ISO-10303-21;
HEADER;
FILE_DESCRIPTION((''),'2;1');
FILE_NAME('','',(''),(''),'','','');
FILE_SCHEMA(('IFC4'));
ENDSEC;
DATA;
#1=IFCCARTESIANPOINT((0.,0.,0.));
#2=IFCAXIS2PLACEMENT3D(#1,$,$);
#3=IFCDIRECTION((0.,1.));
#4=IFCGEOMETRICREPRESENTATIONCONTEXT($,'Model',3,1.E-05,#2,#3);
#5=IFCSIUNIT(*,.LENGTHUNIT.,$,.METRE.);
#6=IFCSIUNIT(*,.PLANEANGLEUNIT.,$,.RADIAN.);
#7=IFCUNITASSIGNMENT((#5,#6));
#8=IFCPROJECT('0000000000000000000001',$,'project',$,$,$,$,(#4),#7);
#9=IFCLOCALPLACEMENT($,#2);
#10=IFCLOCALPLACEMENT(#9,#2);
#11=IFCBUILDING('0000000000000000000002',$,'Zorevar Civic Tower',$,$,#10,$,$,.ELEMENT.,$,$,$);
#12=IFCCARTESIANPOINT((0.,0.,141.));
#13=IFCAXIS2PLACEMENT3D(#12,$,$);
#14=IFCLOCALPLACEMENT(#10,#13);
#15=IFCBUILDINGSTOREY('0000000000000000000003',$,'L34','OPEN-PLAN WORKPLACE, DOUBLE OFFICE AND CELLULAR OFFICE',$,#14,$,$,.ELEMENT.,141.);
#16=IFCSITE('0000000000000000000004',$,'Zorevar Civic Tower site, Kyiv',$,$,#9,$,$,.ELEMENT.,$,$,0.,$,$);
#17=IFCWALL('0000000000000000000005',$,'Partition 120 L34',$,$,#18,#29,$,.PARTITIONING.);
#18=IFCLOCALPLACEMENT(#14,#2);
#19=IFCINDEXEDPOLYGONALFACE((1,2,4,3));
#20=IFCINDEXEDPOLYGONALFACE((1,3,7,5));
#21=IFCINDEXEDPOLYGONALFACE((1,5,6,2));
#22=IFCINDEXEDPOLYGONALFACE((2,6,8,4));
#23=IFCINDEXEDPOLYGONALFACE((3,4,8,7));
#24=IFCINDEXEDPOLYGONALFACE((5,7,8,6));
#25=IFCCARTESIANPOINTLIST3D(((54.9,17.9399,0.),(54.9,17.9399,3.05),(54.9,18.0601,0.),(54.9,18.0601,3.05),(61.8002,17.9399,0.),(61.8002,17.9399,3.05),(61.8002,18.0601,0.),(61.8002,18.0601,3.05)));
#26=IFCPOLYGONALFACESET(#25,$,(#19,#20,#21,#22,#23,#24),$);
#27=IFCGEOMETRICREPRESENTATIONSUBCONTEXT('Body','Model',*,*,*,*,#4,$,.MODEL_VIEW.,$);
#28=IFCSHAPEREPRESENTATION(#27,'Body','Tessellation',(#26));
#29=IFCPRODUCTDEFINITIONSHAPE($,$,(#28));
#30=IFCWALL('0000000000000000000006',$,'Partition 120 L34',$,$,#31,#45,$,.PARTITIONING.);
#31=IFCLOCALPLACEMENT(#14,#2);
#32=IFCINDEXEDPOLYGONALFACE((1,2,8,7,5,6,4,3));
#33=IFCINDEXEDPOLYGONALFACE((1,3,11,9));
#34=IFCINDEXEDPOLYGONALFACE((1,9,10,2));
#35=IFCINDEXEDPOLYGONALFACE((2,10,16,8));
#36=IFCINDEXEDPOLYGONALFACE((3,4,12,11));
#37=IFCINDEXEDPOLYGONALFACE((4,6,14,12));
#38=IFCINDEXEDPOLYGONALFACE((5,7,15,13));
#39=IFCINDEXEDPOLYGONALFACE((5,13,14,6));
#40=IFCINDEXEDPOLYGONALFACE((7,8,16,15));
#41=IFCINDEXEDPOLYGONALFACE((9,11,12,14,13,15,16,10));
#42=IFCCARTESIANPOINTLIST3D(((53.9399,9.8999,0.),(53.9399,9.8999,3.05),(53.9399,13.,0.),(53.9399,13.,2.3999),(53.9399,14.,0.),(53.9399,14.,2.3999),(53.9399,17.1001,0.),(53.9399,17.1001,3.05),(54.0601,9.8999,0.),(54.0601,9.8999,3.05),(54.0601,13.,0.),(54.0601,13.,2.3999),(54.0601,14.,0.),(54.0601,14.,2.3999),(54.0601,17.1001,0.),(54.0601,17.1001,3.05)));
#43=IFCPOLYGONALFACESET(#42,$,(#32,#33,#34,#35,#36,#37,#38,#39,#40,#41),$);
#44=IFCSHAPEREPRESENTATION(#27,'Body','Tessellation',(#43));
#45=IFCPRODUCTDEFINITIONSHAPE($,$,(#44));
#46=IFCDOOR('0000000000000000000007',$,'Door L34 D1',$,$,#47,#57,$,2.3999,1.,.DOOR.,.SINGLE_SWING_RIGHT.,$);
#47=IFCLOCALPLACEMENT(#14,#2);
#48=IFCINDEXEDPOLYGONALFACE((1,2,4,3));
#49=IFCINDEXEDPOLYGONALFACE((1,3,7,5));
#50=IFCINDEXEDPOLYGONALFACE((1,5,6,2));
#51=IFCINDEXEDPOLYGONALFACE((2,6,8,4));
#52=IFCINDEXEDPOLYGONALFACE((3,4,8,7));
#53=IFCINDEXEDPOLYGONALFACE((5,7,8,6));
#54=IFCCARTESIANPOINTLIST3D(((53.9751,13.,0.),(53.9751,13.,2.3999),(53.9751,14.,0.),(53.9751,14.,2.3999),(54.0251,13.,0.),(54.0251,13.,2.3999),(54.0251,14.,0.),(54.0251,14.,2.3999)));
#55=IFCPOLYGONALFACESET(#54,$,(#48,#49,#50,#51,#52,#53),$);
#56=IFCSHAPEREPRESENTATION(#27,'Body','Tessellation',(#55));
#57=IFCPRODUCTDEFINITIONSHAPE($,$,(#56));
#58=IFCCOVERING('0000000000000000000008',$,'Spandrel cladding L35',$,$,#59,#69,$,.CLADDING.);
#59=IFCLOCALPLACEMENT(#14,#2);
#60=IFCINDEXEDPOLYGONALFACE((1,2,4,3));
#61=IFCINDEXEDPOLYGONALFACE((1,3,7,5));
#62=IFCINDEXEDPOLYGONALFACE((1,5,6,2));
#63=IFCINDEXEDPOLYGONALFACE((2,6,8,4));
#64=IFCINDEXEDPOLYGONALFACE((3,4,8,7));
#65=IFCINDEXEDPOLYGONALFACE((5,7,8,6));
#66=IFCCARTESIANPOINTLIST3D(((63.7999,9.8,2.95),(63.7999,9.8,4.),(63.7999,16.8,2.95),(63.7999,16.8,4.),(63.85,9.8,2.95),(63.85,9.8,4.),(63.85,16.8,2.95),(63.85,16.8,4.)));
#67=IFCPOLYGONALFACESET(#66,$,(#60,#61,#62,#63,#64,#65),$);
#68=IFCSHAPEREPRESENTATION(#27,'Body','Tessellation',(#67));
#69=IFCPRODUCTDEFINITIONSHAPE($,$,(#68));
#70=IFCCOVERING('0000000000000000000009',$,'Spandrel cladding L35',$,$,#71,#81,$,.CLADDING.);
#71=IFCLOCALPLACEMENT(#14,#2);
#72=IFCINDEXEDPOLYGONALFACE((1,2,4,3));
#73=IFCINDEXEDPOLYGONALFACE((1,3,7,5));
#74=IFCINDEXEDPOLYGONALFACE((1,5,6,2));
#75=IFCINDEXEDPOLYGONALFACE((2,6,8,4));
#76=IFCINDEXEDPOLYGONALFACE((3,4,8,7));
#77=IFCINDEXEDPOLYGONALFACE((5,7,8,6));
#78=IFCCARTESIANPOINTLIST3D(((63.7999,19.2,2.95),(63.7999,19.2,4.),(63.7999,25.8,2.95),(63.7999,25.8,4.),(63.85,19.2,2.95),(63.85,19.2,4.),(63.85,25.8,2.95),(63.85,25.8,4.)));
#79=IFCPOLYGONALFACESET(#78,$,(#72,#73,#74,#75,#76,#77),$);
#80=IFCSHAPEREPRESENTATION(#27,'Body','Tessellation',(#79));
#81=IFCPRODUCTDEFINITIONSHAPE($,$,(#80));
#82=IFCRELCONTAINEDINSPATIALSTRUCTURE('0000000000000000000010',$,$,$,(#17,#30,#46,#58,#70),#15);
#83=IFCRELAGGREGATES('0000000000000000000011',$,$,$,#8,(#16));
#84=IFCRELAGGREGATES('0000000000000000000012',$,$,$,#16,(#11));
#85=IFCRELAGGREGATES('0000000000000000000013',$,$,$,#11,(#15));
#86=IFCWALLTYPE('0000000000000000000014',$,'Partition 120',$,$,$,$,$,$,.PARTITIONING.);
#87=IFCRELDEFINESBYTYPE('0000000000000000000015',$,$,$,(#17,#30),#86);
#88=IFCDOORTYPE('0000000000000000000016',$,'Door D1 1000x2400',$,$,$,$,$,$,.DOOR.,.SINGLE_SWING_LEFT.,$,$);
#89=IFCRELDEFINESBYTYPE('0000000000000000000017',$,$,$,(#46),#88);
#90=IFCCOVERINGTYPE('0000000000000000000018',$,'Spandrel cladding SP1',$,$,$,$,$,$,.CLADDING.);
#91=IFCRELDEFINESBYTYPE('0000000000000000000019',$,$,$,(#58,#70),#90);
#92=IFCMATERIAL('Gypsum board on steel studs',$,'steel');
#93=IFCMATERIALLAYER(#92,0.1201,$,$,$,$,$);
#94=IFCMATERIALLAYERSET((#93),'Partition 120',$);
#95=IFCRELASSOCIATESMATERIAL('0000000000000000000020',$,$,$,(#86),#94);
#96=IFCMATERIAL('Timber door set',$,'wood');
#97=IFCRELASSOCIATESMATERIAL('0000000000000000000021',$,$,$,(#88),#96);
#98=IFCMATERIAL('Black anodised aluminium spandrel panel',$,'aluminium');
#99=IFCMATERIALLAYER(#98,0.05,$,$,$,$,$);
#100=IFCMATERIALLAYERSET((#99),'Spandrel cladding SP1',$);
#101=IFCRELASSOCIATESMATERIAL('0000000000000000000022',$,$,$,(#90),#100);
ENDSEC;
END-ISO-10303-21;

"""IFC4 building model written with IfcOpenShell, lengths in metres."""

from ifc_helpers import new_model, si_unit, direction, frame, frame_2d, origin, place, context, subcontext, project, spatial, rectangle, extrude, material, layer, layer_set, type_object, element, fill, save


model = new_model("IFC4")

# Units and contexts
model_context = context("Model", 3, precision=1e-05, world=origin(), true_north=direction((0.0, 1.0)))
body_context = subcontext(model_context, "Body", "Model", "MODEL_VIEW")
ifc_project = project(units=[si_unit("LENGTHUNIT", "METRE"), si_unit("PLANEANGLEUNIT", "RADIAN")], contexts=[model_context])

# Site, building, storey
site_placement = place(None, origin())
site = spatial("IfcSite", under=ifc_project, at=site_placement, Name="Zorevar Civic Tower site, Kyiv", CompositionType="ELEMENT", RefElevation=0.0)
building_placement = place(site_placement, origin())
building = spatial("IfcBuilding", under=site, at=building_placement, Name="Zorevar Civic Tower", CompositionType="ELEMENT")
storey_placement = place(building_placement, frame((0.0, 0.0, 141.0)))
storey = spatial("IfcBuildingStorey", under=building, at=storey_placement, Name="L34", Description="OPEN-PLAN WORKPLACE, DOUBLE OFFICE AND CELLULAR OFFICE", CompositionType="ELEMENT", Elevation=141.0)

# Wall
ifc_material_1 = material(Name="Gypsum board on steel studs", Category="steel")
ifc_layer_1 = layer(ifc_material_1, 0.1201)
ifc_layer_set_1 = layer_set([ifc_layer_1], Name="Partition 120")
wall_type_1 = type_object("IfcWallType", Name="Partition 120", PredefinedType="PARTITIONING", material=ifc_layer_set_1)
wall_1_placement = place(storey_placement, frame((54.8999, 18.0, 0.0), z_axis=(0.0, 0.0, 1.0), x_axis=(1.0, 0.0, 0.0)))
element("IfcWall", 1, at=wall_1_placement, inside=storey, type_object=wall_type_1, Name="Partition 120 L34", PredefinedType="PARTITIONING", context=body_context, shape_type="SweptSolid", body=[
    extrude(rectangle(XDim=6.9001, YDim=0.1201, at=frame_2d((3.4502, 0.0))), origin(), (0.0, 0.0, 1.0), 3.05),
])

# Wall, opening, door
wall_2_placement = place(storey_placement, frame((54.0, 9.8999, 0.0), z_axis=(0.0, 0.0, 1.0), x_axis=(0.0, 1.0, 0.0)))
wall_2 = element("IfcWall", 2, at=wall_2_placement, inside=storey, type_object=wall_type_1, Name="Partition 120 L34", PredefinedType="PARTITIONING", context=body_context, shape_type="SweptSolid", body=[
    extrude(rectangle(XDim=7.2002, YDim=0.1201, at=frame_2d((3.6001, 0.0))), origin(), (0.0, 0.0, 1.0), 3.05),
])
opening_1_placement = place(wall_2_placement, frame((3.1001, 0.0, 0.0)))
opening_1 = element("IfcOpeningElement", 3, at=opening_1_placement, cuts=wall_2, PredefinedType="OPENING", context=body_context, shape_type="SweptSolid", body=[
    extrude(rectangle(XDim=1.0, YDim=2.3999, at=frame_2d((0.5, 1.2))), frame((0.0, 0.0701, 0.0), z_axis=(0.0, -1.0, 0.0), x_axis=(1.0, 0.0, 0.0)), (0.0, 0.0, 1.0), 0.1401),
])
ifc_material_2 = material(Name="Timber door set", Category="wood")
door_type_1 = type_object("IfcDoorType", Name="Door D1 1000x2400", OperationType="SINGLE_SWING_LEFT", PredefinedType="DOOR", material=ifc_material_2)
door_1_placement = place(opening_1_placement, origin())
door_1 = element("IfcDoor", 4, at=door_1_placement, inside=storey, type_object=door_type_1, Name="Door L34 D1", OperationType="SINGLE_SWING_RIGHT", OverallHeight=2.3999, OverallWidth=1.0, PredefinedType="DOOR", context=body_context, shape_type="SweptSolid", body=[
    extrude(rectangle(XDim=1.0, YDim=2.3999, at=frame_2d((0.5, 1.2))), frame((0.0, 0.0249, 0.0), z_axis=(0.0, -1.0, 0.0), x_axis=(1.0, 0.0, 0.0)), (0.0, 0.0, 1.0), 0.05),
])
fill(opening_1, door_1)

# Coverings
ifc_material_3 = material(Name="Black anodised aluminium spandrel panel", Category="aluminium")
ifc_layer_2 = layer(ifc_material_3, 0.05)
ifc_layer_set_2 = layer_set([ifc_layer_2], Name="Spandrel cladding SP1")
covering_type = type_object("IfcCoveringType", Name="Spandrel cladding SP1", PredefinedType="CLADDING", material=ifc_layer_set_2)
covering_1_placement = place(storey_placement, frame((63.825, 9.8, 2.95), z_axis=(0.0, 0.0, 1.0), x_axis=(0.0, 1.0, 0.0)))
element("IfcCovering", 5, at=covering_1_placement, inside=storey, type_object=covering_type, Name="Spandrel cladding L35", PredefinedType="CLADDING", context=body_context, shape_type="SweptSolid", body=[
    extrude(rectangle(XDim=7.0, YDim=0.05, at=frame_2d((3.5, 0.0))), origin(), (0.0, 0.0, 1.0), 1.05),
])
covering_2_placement = place(storey_placement, frame((63.825, 19.2, 2.95), z_axis=(0.0, 0.0, 1.0), x_axis=(0.0, 1.0, 0.0)))
element("IfcCovering", 6, at=covering_2_placement, inside=storey, type_object=covering_type, Name="Spandrel cladding L35", PredefinedType="CLADDING", context=body_context, shape_type="SweptSolid", body=[
    extrude(rectangle(XDim=6.6001, YDim=0.05, at=frame_2d((3.3, 0.0))), origin(), (0.0, 0.0, 1.0), 1.05),
])

save(model, "model.ifc")
